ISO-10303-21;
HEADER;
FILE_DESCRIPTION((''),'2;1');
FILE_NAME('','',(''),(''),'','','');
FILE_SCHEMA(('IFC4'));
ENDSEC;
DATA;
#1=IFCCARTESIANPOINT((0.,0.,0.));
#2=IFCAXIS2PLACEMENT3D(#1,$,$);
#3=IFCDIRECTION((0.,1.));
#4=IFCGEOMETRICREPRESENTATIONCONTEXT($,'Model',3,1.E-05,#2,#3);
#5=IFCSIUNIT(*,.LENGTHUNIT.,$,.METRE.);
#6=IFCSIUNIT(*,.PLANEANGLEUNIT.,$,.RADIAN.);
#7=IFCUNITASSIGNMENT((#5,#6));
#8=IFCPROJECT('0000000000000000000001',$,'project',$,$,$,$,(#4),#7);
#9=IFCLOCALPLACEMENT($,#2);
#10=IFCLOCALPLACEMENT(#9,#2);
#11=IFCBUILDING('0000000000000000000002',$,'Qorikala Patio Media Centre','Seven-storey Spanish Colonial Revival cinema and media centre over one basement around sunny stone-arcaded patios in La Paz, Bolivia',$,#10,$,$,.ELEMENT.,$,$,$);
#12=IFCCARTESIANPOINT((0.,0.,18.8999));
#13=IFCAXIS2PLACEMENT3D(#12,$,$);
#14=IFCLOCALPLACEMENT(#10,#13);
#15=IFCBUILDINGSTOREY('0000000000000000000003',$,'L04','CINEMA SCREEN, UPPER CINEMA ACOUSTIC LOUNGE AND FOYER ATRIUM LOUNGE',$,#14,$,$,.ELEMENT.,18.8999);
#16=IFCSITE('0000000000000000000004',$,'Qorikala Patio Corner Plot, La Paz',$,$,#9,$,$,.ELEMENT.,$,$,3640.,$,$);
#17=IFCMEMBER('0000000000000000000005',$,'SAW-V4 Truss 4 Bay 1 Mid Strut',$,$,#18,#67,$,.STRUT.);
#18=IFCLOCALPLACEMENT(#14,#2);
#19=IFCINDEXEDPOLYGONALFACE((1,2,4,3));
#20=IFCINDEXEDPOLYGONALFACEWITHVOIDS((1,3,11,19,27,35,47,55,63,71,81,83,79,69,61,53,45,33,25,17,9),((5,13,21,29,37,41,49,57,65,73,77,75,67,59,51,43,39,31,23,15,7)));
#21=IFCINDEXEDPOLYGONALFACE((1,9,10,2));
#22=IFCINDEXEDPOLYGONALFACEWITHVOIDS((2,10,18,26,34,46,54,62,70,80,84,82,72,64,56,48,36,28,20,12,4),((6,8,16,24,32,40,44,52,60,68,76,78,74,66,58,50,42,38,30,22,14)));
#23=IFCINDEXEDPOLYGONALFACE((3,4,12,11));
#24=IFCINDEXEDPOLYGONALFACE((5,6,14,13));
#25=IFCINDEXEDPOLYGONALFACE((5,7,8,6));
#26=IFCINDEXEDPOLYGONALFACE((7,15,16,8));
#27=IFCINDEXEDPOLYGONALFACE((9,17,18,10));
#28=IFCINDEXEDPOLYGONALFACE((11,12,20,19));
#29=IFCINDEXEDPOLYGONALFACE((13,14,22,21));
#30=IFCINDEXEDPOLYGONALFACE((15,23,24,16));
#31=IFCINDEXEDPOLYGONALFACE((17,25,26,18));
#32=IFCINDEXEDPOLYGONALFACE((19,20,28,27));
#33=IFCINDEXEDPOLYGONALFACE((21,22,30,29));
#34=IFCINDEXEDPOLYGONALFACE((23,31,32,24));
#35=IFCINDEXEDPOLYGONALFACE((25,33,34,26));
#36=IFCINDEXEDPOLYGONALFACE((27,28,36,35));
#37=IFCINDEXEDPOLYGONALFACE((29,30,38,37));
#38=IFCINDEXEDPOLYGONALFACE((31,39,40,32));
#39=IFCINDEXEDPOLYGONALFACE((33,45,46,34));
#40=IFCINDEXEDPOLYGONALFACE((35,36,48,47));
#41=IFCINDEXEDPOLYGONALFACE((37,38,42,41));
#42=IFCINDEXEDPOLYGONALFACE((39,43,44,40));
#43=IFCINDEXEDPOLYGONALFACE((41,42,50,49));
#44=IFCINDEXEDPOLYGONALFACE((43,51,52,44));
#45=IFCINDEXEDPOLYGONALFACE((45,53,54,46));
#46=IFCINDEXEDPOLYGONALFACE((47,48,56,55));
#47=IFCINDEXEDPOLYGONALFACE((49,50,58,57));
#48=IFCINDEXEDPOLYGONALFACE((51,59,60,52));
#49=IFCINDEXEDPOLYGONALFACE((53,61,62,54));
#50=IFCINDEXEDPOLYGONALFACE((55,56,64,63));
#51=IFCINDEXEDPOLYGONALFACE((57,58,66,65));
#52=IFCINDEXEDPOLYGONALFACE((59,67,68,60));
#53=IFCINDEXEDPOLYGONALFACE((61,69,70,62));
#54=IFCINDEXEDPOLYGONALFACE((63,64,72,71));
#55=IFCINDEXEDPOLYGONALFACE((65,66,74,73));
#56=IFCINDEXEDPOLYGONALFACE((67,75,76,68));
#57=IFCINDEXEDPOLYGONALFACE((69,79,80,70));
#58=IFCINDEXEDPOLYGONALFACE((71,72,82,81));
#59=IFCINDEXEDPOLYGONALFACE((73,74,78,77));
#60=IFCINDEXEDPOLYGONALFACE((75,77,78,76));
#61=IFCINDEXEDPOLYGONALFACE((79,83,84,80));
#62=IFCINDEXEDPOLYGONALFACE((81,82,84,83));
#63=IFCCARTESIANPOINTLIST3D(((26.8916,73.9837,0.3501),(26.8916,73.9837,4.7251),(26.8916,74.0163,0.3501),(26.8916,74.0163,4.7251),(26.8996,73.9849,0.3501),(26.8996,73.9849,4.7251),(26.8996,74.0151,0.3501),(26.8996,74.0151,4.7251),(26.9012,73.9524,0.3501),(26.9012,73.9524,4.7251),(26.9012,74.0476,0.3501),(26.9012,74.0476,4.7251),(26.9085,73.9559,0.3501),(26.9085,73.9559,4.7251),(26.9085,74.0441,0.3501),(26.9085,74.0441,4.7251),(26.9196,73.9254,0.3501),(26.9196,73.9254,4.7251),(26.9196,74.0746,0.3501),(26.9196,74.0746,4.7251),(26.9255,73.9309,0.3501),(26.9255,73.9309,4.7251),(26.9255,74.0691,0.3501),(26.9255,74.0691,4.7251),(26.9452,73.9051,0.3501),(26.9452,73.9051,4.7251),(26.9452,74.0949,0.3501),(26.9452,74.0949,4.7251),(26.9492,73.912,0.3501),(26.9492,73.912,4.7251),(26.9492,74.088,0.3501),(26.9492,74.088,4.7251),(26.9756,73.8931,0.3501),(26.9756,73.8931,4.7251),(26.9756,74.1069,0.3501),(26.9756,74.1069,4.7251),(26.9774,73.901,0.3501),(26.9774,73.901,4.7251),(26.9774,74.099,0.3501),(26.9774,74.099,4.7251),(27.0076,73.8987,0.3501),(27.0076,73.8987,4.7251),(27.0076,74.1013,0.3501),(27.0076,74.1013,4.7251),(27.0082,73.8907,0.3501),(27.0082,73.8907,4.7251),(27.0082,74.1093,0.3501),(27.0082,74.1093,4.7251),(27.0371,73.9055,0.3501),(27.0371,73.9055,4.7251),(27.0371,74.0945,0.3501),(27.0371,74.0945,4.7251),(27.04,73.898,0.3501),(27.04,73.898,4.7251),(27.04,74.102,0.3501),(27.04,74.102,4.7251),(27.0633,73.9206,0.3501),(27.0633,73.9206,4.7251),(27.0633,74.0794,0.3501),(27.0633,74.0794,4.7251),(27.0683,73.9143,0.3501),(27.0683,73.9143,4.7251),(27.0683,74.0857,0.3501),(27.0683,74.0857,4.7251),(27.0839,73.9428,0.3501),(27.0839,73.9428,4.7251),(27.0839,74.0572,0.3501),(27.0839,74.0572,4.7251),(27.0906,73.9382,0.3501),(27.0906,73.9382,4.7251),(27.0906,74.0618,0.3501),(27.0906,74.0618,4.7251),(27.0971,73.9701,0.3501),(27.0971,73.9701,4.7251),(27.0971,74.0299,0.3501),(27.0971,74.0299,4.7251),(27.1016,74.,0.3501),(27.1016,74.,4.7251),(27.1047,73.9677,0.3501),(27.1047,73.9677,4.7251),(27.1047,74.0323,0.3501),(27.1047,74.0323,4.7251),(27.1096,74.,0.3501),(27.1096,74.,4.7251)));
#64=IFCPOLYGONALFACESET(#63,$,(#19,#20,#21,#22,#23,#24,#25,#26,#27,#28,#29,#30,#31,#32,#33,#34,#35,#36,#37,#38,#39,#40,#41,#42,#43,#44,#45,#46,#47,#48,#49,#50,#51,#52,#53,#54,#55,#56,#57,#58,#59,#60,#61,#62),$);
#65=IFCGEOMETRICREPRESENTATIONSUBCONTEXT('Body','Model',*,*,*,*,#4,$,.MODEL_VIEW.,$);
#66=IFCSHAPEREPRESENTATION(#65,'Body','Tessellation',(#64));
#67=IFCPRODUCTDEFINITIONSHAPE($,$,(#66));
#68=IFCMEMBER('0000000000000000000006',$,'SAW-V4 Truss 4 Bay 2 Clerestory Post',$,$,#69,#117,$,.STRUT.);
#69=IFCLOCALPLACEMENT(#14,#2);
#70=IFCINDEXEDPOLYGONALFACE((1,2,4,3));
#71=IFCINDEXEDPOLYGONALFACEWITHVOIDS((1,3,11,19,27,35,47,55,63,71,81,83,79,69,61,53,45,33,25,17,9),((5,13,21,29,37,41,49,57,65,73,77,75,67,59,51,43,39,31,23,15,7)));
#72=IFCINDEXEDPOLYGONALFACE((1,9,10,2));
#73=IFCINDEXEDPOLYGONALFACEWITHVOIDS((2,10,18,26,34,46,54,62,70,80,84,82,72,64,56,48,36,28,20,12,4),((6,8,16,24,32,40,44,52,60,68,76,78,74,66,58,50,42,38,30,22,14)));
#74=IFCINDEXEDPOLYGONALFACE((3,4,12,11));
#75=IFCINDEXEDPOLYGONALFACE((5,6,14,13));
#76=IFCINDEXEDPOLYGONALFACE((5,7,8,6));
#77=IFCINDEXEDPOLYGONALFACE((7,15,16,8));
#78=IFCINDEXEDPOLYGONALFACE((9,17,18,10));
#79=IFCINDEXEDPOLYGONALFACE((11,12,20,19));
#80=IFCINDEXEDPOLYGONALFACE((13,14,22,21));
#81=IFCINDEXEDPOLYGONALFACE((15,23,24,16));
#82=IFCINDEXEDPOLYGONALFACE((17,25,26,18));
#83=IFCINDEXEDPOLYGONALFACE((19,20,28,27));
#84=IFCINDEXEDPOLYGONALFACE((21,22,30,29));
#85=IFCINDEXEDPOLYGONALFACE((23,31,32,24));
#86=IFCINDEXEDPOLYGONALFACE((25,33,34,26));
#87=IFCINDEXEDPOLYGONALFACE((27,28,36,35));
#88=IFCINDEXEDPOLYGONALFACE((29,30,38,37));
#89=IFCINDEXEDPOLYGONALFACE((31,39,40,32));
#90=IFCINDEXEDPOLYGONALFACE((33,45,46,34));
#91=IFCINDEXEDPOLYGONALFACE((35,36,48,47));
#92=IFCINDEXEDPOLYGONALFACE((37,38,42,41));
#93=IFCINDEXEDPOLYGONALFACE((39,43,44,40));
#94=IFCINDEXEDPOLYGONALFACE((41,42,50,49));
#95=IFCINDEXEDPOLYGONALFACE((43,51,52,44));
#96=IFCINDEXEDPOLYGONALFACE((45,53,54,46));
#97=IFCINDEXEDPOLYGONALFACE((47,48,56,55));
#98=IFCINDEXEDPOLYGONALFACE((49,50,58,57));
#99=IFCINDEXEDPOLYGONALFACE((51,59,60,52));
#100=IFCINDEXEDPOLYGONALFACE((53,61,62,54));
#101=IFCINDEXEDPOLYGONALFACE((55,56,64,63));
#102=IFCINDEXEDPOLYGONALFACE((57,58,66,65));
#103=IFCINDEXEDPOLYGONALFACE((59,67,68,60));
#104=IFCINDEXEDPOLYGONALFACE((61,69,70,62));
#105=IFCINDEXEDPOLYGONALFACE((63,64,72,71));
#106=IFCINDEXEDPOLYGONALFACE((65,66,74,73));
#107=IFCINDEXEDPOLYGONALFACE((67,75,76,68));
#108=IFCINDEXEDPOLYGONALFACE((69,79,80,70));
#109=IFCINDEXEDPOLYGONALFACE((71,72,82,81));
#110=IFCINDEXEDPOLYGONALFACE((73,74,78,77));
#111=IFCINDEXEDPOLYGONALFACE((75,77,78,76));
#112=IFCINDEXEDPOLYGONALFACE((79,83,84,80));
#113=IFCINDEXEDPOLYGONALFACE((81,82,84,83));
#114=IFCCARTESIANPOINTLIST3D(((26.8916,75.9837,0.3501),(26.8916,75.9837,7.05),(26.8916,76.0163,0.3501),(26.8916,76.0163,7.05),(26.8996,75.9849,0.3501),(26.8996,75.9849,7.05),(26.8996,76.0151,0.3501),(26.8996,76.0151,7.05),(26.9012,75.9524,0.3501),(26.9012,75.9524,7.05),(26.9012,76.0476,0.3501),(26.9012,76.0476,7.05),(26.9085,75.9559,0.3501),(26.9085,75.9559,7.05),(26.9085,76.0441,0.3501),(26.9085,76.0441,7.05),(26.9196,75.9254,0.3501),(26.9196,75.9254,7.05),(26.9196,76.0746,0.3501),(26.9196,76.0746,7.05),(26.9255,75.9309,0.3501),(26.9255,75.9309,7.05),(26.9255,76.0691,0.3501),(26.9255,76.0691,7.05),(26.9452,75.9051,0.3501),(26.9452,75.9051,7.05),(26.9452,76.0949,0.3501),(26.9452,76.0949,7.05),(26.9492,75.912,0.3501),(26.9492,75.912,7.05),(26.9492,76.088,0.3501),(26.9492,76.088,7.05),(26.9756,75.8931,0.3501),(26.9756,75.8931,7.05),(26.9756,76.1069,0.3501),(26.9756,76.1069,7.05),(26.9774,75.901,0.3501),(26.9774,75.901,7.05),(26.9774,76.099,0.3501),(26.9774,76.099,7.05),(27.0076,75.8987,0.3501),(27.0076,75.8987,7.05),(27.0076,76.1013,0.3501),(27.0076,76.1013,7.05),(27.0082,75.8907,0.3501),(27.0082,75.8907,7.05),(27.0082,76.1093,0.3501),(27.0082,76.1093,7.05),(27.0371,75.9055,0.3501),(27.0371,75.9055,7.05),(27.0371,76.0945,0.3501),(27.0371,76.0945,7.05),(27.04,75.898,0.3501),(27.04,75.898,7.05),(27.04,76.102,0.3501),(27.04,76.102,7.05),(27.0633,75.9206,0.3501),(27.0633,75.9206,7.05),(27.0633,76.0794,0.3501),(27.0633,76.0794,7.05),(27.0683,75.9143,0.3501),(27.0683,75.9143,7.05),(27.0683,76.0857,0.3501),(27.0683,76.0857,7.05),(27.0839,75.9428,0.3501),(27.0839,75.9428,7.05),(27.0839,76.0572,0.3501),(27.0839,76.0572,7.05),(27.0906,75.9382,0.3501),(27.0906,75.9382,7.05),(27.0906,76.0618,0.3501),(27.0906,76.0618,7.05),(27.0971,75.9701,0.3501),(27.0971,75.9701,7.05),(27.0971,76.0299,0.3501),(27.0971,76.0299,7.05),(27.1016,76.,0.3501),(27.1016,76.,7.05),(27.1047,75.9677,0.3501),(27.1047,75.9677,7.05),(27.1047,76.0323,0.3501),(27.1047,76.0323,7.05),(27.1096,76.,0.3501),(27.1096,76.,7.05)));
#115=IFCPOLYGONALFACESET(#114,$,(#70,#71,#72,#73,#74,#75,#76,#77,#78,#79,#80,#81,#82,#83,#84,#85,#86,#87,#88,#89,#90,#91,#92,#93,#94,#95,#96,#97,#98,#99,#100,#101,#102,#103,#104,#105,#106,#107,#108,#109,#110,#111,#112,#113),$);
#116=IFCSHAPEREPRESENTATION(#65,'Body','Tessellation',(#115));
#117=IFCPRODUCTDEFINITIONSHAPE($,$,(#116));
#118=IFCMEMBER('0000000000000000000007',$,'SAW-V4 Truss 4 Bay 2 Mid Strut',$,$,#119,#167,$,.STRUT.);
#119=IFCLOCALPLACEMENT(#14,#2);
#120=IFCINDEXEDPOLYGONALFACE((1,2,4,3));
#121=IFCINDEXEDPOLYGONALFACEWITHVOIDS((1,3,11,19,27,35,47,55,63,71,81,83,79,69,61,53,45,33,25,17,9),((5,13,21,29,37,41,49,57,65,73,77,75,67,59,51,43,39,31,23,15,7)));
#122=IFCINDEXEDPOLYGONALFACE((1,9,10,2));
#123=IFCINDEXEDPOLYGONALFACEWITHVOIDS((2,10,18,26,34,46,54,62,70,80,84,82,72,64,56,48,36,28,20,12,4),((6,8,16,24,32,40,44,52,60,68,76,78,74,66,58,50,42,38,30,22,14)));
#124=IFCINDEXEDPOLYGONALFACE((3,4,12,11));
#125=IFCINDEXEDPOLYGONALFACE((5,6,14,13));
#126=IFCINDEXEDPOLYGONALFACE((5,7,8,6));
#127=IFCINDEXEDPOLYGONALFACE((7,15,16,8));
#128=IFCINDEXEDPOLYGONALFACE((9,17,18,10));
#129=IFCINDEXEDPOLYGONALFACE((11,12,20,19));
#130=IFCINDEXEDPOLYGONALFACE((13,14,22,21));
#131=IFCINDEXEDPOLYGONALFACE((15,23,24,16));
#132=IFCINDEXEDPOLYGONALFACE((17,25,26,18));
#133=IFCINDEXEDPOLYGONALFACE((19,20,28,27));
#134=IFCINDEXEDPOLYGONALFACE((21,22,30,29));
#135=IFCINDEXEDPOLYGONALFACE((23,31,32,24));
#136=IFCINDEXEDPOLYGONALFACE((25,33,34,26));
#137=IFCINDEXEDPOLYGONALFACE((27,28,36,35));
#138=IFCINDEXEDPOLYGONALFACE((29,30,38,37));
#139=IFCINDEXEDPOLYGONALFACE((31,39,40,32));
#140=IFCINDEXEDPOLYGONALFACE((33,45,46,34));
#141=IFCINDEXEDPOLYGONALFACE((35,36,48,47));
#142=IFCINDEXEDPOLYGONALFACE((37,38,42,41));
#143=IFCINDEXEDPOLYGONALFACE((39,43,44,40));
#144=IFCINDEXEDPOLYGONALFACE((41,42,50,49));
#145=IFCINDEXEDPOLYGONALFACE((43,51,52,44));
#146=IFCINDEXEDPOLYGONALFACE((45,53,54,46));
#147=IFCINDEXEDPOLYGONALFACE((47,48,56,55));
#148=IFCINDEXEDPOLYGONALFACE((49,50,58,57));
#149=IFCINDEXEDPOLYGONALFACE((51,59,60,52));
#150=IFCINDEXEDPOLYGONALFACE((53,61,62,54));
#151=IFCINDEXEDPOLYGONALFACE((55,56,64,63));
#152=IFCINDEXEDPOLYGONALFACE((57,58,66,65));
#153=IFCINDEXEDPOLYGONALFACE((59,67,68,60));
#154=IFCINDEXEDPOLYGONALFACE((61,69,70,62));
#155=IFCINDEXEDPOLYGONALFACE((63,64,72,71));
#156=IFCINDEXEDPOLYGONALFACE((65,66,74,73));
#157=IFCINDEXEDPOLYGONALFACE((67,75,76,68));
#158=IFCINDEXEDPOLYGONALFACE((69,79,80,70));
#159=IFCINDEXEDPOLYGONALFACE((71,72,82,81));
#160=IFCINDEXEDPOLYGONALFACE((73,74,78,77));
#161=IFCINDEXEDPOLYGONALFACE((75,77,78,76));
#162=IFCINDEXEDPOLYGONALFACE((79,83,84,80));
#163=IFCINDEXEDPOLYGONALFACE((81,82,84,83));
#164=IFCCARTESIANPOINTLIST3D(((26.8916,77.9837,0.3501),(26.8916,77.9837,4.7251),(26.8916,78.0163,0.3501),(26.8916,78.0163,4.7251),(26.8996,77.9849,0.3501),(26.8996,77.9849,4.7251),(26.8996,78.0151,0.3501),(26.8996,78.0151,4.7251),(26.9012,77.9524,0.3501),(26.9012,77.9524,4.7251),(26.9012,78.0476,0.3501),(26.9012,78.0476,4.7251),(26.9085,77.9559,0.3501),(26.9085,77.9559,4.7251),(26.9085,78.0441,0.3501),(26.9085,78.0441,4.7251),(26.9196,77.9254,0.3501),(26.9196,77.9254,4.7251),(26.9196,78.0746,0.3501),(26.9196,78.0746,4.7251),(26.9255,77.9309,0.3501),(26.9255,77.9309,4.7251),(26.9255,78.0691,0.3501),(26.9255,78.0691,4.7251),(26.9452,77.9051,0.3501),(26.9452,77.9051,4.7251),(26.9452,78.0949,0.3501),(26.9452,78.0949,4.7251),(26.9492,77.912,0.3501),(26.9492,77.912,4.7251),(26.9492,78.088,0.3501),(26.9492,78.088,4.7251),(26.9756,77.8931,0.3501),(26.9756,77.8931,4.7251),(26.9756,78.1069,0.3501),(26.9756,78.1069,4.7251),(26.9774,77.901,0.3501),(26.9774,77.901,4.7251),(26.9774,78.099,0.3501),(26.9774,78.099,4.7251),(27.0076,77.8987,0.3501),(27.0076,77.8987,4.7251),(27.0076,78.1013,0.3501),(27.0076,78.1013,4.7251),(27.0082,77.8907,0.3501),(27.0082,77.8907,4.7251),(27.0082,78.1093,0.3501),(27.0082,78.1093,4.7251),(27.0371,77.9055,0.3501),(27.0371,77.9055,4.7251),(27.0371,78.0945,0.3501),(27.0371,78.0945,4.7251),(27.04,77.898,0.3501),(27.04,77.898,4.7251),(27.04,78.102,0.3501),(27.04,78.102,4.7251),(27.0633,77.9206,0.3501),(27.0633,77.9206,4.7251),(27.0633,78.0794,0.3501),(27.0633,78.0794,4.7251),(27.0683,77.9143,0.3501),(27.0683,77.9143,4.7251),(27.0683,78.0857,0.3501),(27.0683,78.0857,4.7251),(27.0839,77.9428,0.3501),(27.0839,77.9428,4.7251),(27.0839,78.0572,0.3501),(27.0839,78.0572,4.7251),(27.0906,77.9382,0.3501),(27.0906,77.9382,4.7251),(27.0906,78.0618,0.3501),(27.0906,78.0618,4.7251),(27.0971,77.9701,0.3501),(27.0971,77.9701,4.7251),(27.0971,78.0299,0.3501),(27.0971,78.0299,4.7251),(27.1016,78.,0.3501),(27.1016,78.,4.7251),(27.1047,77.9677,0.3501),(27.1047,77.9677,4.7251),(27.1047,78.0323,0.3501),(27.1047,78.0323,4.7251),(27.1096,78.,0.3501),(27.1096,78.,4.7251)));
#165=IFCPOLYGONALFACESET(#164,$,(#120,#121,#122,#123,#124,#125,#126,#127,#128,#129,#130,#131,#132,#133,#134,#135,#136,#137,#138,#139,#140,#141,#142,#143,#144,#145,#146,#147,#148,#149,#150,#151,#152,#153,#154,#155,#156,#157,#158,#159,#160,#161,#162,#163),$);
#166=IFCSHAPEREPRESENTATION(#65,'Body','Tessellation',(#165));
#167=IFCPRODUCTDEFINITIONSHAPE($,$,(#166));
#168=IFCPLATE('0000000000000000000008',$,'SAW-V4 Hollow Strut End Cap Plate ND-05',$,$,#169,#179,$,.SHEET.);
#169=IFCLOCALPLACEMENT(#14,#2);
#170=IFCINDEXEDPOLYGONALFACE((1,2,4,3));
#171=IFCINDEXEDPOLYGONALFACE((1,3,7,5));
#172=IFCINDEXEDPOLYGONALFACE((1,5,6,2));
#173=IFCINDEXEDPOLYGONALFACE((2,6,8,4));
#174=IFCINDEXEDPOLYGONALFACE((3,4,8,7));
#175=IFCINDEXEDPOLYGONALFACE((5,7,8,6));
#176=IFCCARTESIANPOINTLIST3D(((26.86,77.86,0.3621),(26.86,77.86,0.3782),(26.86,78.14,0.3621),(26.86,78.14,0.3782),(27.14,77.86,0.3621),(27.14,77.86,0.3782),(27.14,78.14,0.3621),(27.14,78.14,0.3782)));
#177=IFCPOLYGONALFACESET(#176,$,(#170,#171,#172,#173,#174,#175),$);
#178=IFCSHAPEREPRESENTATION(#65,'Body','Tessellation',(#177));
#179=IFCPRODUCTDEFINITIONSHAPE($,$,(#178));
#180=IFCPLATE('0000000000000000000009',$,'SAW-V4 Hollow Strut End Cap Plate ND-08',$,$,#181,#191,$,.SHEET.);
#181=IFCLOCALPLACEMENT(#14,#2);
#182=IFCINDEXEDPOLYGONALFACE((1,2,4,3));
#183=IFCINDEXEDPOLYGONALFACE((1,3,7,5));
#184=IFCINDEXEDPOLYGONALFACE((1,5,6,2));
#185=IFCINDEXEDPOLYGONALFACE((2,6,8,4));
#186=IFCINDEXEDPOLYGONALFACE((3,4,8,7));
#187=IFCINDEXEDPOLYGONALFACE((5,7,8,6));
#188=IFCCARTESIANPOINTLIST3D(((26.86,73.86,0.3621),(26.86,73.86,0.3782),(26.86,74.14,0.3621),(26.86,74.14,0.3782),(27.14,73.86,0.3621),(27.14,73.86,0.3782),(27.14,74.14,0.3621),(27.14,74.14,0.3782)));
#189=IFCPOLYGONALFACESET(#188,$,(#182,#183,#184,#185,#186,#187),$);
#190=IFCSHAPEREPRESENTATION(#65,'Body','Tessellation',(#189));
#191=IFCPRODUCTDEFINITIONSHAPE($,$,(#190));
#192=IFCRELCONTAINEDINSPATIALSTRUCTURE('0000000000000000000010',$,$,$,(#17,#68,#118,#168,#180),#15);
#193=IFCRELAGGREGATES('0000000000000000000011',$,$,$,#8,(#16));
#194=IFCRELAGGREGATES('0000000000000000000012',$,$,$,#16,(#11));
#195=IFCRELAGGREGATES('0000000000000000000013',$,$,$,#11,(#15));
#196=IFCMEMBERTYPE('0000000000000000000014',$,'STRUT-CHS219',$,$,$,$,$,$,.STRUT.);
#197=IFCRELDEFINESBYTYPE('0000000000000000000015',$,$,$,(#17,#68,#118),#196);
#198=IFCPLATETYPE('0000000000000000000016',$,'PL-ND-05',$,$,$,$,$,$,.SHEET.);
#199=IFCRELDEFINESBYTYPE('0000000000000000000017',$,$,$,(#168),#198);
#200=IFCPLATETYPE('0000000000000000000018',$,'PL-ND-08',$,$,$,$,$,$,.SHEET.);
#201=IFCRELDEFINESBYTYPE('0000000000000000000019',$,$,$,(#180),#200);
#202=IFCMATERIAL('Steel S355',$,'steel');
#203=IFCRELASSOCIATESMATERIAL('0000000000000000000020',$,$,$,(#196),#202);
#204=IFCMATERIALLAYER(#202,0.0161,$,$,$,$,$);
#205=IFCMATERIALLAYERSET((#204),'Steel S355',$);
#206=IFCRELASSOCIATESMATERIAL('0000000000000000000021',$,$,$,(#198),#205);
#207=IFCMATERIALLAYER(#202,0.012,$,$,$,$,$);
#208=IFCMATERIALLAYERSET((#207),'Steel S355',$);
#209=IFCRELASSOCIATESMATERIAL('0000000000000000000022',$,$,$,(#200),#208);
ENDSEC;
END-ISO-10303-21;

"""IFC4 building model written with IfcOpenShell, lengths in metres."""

from ifc_helpers import new_model, si_unit, direction, frame, origin, origin_2d, place, context, subcontext, project, spatial, rectangle, hollow_circle, extrude, material, layer, layer_set, material_profile, profile_set, type_object, element, save


model = new_model("IFC4")

# Units and contexts
model_context = context("Model", 3, precision=1e-05, world=origin(), true_north=direction((0.0, 1.0)))
body_context = subcontext(model_context, "Body", "Model", "MODEL_VIEW")
ifc_project = project(units=[si_unit("LENGTHUNIT", "METRE"), si_unit("PLANEANGLEUNIT", "RADIAN")], contexts=[model_context])

# Site, building, storey
site_placement = place(None, origin())
site = spatial("IfcSite", under=ifc_project, at=site_placement, Name="Qorikala Patio Corner Plot, La Paz", CompositionType="ELEMENT", RefElevation=3640.0)
building_placement = place(site_placement, origin())
building = spatial("IfcBuilding", under=site, at=building_placement, Name="Qorikala Patio Media Centre", Description="Seven-storey Spanish Colonial Revival cinema and media centre over one basement around sunny stone-arcaded patios in La Paz, Bolivia", CompositionType="ELEMENT")
storey_placement = place(building_placement, frame((0.0, 0.0, 18.8999)))
storey = spatial("IfcBuildingStorey", under=building, at=storey_placement, Name="L04", Description="CINEMA SCREEN, UPPER CINEMA ACOUSTIC LOUNGE AND FOYER ATRIUM LOUNGE", CompositionType="ELEMENT", Elevation=18.8999)

# Shared definitions
ifc_material_1 = material(Name="Steel S355", Category="steel")

# Members
ifc_material_profile_1 = material_profile(ifc_material_1, hollow_circle(Radius=0.1096, WallThickness=0.0081, at=origin_2d()), Name="CHS219X8")
ifc_profile_set_1 = profile_set([ifc_material_profile_1], Name="Steel S355")
member_type_1 = type_object("IfcMemberType", Name="STRUT-CHS219", PredefinedType="STRUT", material=ifc_profile_set_1)
member_1_placement = place(storey_placement, frame((27.0, 74.0, 0.3501), z_axis=(0.0, 0.0, 1.0), x_axis=(1.0, 0.0, 0.0)))
element("IfcMember", 1, at=member_1_placement, inside=storey, type_object=member_type_1, Name="SAW-V4 Truss 4 Bay 1 Mid Strut", PredefinedType="STRUT", context=body_context, shape_type="SweptSolid", body=[
    extrude(hollow_circle(Radius=0.1096, WallThickness=0.0081, at=origin_2d()), origin(), (0.0, 0.0, 1.0), 4.375),
])
member_2_placement = place(storey_placement, frame((27.0, 76.0, 0.3501), z_axis=(0.0, 0.0, 1.0), x_axis=(1.0, 0.0, 0.0)))
element("IfcMember", 2, at=member_2_placement, inside=storey, type_object=member_type_1, Name="SAW-V4 Truss 4 Bay 2 Clerestory Post", PredefinedType="STRUT", context=body_context, shape_type="SweptSolid", body=[
    extrude(hollow_circle(Radius=0.1096, WallThickness=0.0081, at=origin_2d()), origin(), (0.0, 0.0, 1.0), 6.7),
])
member_3_placement = place(storey_placement, frame((27.0, 78.0, 0.3501), z_axis=(0.0, 0.0, 1.0), x_axis=(1.0, 0.0, 0.0)))
element("IfcMember", 3, at=member_3_placement, inside=storey, type_object=member_type_1, Name="SAW-V4 Truss 4 Bay 2 Mid Strut", PredefinedType="STRUT", context=body_context, shape_type="SweptSolid", body=[
    extrude(hollow_circle(Radius=0.1096, WallThickness=0.0081, at=origin_2d()), origin(), (0.0, 0.0, 1.0), 4.375),
])

# Plates
ifc_layer_1 = layer(ifc_material_1, 0.0161)
ifc_layer_set_1 = layer_set([ifc_layer_1], Name="Steel S355")
plate_type_1 = type_object("IfcPlateType", Name="PL-ND-05", PredefinedType="SHEET", material=ifc_layer_set_1)
plate_1_placement = place(storey_placement, frame((27.0, 78.0, 0.3621), z_axis=(0.0, 0.0, 1.0), x_axis=(1.0, 0.0, 0.0)))
element("IfcPlate", 4, at=plate_1_placement, inside=storey, type_object=plate_type_1, Name="SAW-V4 Hollow Strut End Cap Plate ND-05", PredefinedType="SHEET", context=body_context, shape_type="SweptSolid", body=[
    extrude(rectangle(XDim=0.28, YDim=0.28, at=origin_2d()), origin(), (0.0, 0.0, 1.0), 0.0161),
])
ifc_layer_2 = layer(ifc_material_1, 0.012)
ifc_layer_set_2 = layer_set([ifc_layer_2], Name="Steel S355")
plate_type_2 = type_object("IfcPlateType", Name="PL-ND-08", PredefinedType="SHEET", material=ifc_layer_set_2)
plate_2_placement = place(storey_placement, frame((27.0, 74.0, 0.3621), z_axis=(0.0, 0.0, 1.0), x_axis=(1.0, 0.0, 0.0)))
element("IfcPlate", 5, at=plate_2_placement, inside=storey, type_object=plate_type_2, Name="SAW-V4 Hollow Strut End Cap Plate ND-08", PredefinedType="SHEET", context=body_context, shape_type="SweptSolid", body=[
    extrude(rectangle(XDim=0.28, YDim=0.28, at=origin_2d()), origin(), (0.0, 0.0, 1.0), 0.0161),
])

save(model, "model.ifc")
